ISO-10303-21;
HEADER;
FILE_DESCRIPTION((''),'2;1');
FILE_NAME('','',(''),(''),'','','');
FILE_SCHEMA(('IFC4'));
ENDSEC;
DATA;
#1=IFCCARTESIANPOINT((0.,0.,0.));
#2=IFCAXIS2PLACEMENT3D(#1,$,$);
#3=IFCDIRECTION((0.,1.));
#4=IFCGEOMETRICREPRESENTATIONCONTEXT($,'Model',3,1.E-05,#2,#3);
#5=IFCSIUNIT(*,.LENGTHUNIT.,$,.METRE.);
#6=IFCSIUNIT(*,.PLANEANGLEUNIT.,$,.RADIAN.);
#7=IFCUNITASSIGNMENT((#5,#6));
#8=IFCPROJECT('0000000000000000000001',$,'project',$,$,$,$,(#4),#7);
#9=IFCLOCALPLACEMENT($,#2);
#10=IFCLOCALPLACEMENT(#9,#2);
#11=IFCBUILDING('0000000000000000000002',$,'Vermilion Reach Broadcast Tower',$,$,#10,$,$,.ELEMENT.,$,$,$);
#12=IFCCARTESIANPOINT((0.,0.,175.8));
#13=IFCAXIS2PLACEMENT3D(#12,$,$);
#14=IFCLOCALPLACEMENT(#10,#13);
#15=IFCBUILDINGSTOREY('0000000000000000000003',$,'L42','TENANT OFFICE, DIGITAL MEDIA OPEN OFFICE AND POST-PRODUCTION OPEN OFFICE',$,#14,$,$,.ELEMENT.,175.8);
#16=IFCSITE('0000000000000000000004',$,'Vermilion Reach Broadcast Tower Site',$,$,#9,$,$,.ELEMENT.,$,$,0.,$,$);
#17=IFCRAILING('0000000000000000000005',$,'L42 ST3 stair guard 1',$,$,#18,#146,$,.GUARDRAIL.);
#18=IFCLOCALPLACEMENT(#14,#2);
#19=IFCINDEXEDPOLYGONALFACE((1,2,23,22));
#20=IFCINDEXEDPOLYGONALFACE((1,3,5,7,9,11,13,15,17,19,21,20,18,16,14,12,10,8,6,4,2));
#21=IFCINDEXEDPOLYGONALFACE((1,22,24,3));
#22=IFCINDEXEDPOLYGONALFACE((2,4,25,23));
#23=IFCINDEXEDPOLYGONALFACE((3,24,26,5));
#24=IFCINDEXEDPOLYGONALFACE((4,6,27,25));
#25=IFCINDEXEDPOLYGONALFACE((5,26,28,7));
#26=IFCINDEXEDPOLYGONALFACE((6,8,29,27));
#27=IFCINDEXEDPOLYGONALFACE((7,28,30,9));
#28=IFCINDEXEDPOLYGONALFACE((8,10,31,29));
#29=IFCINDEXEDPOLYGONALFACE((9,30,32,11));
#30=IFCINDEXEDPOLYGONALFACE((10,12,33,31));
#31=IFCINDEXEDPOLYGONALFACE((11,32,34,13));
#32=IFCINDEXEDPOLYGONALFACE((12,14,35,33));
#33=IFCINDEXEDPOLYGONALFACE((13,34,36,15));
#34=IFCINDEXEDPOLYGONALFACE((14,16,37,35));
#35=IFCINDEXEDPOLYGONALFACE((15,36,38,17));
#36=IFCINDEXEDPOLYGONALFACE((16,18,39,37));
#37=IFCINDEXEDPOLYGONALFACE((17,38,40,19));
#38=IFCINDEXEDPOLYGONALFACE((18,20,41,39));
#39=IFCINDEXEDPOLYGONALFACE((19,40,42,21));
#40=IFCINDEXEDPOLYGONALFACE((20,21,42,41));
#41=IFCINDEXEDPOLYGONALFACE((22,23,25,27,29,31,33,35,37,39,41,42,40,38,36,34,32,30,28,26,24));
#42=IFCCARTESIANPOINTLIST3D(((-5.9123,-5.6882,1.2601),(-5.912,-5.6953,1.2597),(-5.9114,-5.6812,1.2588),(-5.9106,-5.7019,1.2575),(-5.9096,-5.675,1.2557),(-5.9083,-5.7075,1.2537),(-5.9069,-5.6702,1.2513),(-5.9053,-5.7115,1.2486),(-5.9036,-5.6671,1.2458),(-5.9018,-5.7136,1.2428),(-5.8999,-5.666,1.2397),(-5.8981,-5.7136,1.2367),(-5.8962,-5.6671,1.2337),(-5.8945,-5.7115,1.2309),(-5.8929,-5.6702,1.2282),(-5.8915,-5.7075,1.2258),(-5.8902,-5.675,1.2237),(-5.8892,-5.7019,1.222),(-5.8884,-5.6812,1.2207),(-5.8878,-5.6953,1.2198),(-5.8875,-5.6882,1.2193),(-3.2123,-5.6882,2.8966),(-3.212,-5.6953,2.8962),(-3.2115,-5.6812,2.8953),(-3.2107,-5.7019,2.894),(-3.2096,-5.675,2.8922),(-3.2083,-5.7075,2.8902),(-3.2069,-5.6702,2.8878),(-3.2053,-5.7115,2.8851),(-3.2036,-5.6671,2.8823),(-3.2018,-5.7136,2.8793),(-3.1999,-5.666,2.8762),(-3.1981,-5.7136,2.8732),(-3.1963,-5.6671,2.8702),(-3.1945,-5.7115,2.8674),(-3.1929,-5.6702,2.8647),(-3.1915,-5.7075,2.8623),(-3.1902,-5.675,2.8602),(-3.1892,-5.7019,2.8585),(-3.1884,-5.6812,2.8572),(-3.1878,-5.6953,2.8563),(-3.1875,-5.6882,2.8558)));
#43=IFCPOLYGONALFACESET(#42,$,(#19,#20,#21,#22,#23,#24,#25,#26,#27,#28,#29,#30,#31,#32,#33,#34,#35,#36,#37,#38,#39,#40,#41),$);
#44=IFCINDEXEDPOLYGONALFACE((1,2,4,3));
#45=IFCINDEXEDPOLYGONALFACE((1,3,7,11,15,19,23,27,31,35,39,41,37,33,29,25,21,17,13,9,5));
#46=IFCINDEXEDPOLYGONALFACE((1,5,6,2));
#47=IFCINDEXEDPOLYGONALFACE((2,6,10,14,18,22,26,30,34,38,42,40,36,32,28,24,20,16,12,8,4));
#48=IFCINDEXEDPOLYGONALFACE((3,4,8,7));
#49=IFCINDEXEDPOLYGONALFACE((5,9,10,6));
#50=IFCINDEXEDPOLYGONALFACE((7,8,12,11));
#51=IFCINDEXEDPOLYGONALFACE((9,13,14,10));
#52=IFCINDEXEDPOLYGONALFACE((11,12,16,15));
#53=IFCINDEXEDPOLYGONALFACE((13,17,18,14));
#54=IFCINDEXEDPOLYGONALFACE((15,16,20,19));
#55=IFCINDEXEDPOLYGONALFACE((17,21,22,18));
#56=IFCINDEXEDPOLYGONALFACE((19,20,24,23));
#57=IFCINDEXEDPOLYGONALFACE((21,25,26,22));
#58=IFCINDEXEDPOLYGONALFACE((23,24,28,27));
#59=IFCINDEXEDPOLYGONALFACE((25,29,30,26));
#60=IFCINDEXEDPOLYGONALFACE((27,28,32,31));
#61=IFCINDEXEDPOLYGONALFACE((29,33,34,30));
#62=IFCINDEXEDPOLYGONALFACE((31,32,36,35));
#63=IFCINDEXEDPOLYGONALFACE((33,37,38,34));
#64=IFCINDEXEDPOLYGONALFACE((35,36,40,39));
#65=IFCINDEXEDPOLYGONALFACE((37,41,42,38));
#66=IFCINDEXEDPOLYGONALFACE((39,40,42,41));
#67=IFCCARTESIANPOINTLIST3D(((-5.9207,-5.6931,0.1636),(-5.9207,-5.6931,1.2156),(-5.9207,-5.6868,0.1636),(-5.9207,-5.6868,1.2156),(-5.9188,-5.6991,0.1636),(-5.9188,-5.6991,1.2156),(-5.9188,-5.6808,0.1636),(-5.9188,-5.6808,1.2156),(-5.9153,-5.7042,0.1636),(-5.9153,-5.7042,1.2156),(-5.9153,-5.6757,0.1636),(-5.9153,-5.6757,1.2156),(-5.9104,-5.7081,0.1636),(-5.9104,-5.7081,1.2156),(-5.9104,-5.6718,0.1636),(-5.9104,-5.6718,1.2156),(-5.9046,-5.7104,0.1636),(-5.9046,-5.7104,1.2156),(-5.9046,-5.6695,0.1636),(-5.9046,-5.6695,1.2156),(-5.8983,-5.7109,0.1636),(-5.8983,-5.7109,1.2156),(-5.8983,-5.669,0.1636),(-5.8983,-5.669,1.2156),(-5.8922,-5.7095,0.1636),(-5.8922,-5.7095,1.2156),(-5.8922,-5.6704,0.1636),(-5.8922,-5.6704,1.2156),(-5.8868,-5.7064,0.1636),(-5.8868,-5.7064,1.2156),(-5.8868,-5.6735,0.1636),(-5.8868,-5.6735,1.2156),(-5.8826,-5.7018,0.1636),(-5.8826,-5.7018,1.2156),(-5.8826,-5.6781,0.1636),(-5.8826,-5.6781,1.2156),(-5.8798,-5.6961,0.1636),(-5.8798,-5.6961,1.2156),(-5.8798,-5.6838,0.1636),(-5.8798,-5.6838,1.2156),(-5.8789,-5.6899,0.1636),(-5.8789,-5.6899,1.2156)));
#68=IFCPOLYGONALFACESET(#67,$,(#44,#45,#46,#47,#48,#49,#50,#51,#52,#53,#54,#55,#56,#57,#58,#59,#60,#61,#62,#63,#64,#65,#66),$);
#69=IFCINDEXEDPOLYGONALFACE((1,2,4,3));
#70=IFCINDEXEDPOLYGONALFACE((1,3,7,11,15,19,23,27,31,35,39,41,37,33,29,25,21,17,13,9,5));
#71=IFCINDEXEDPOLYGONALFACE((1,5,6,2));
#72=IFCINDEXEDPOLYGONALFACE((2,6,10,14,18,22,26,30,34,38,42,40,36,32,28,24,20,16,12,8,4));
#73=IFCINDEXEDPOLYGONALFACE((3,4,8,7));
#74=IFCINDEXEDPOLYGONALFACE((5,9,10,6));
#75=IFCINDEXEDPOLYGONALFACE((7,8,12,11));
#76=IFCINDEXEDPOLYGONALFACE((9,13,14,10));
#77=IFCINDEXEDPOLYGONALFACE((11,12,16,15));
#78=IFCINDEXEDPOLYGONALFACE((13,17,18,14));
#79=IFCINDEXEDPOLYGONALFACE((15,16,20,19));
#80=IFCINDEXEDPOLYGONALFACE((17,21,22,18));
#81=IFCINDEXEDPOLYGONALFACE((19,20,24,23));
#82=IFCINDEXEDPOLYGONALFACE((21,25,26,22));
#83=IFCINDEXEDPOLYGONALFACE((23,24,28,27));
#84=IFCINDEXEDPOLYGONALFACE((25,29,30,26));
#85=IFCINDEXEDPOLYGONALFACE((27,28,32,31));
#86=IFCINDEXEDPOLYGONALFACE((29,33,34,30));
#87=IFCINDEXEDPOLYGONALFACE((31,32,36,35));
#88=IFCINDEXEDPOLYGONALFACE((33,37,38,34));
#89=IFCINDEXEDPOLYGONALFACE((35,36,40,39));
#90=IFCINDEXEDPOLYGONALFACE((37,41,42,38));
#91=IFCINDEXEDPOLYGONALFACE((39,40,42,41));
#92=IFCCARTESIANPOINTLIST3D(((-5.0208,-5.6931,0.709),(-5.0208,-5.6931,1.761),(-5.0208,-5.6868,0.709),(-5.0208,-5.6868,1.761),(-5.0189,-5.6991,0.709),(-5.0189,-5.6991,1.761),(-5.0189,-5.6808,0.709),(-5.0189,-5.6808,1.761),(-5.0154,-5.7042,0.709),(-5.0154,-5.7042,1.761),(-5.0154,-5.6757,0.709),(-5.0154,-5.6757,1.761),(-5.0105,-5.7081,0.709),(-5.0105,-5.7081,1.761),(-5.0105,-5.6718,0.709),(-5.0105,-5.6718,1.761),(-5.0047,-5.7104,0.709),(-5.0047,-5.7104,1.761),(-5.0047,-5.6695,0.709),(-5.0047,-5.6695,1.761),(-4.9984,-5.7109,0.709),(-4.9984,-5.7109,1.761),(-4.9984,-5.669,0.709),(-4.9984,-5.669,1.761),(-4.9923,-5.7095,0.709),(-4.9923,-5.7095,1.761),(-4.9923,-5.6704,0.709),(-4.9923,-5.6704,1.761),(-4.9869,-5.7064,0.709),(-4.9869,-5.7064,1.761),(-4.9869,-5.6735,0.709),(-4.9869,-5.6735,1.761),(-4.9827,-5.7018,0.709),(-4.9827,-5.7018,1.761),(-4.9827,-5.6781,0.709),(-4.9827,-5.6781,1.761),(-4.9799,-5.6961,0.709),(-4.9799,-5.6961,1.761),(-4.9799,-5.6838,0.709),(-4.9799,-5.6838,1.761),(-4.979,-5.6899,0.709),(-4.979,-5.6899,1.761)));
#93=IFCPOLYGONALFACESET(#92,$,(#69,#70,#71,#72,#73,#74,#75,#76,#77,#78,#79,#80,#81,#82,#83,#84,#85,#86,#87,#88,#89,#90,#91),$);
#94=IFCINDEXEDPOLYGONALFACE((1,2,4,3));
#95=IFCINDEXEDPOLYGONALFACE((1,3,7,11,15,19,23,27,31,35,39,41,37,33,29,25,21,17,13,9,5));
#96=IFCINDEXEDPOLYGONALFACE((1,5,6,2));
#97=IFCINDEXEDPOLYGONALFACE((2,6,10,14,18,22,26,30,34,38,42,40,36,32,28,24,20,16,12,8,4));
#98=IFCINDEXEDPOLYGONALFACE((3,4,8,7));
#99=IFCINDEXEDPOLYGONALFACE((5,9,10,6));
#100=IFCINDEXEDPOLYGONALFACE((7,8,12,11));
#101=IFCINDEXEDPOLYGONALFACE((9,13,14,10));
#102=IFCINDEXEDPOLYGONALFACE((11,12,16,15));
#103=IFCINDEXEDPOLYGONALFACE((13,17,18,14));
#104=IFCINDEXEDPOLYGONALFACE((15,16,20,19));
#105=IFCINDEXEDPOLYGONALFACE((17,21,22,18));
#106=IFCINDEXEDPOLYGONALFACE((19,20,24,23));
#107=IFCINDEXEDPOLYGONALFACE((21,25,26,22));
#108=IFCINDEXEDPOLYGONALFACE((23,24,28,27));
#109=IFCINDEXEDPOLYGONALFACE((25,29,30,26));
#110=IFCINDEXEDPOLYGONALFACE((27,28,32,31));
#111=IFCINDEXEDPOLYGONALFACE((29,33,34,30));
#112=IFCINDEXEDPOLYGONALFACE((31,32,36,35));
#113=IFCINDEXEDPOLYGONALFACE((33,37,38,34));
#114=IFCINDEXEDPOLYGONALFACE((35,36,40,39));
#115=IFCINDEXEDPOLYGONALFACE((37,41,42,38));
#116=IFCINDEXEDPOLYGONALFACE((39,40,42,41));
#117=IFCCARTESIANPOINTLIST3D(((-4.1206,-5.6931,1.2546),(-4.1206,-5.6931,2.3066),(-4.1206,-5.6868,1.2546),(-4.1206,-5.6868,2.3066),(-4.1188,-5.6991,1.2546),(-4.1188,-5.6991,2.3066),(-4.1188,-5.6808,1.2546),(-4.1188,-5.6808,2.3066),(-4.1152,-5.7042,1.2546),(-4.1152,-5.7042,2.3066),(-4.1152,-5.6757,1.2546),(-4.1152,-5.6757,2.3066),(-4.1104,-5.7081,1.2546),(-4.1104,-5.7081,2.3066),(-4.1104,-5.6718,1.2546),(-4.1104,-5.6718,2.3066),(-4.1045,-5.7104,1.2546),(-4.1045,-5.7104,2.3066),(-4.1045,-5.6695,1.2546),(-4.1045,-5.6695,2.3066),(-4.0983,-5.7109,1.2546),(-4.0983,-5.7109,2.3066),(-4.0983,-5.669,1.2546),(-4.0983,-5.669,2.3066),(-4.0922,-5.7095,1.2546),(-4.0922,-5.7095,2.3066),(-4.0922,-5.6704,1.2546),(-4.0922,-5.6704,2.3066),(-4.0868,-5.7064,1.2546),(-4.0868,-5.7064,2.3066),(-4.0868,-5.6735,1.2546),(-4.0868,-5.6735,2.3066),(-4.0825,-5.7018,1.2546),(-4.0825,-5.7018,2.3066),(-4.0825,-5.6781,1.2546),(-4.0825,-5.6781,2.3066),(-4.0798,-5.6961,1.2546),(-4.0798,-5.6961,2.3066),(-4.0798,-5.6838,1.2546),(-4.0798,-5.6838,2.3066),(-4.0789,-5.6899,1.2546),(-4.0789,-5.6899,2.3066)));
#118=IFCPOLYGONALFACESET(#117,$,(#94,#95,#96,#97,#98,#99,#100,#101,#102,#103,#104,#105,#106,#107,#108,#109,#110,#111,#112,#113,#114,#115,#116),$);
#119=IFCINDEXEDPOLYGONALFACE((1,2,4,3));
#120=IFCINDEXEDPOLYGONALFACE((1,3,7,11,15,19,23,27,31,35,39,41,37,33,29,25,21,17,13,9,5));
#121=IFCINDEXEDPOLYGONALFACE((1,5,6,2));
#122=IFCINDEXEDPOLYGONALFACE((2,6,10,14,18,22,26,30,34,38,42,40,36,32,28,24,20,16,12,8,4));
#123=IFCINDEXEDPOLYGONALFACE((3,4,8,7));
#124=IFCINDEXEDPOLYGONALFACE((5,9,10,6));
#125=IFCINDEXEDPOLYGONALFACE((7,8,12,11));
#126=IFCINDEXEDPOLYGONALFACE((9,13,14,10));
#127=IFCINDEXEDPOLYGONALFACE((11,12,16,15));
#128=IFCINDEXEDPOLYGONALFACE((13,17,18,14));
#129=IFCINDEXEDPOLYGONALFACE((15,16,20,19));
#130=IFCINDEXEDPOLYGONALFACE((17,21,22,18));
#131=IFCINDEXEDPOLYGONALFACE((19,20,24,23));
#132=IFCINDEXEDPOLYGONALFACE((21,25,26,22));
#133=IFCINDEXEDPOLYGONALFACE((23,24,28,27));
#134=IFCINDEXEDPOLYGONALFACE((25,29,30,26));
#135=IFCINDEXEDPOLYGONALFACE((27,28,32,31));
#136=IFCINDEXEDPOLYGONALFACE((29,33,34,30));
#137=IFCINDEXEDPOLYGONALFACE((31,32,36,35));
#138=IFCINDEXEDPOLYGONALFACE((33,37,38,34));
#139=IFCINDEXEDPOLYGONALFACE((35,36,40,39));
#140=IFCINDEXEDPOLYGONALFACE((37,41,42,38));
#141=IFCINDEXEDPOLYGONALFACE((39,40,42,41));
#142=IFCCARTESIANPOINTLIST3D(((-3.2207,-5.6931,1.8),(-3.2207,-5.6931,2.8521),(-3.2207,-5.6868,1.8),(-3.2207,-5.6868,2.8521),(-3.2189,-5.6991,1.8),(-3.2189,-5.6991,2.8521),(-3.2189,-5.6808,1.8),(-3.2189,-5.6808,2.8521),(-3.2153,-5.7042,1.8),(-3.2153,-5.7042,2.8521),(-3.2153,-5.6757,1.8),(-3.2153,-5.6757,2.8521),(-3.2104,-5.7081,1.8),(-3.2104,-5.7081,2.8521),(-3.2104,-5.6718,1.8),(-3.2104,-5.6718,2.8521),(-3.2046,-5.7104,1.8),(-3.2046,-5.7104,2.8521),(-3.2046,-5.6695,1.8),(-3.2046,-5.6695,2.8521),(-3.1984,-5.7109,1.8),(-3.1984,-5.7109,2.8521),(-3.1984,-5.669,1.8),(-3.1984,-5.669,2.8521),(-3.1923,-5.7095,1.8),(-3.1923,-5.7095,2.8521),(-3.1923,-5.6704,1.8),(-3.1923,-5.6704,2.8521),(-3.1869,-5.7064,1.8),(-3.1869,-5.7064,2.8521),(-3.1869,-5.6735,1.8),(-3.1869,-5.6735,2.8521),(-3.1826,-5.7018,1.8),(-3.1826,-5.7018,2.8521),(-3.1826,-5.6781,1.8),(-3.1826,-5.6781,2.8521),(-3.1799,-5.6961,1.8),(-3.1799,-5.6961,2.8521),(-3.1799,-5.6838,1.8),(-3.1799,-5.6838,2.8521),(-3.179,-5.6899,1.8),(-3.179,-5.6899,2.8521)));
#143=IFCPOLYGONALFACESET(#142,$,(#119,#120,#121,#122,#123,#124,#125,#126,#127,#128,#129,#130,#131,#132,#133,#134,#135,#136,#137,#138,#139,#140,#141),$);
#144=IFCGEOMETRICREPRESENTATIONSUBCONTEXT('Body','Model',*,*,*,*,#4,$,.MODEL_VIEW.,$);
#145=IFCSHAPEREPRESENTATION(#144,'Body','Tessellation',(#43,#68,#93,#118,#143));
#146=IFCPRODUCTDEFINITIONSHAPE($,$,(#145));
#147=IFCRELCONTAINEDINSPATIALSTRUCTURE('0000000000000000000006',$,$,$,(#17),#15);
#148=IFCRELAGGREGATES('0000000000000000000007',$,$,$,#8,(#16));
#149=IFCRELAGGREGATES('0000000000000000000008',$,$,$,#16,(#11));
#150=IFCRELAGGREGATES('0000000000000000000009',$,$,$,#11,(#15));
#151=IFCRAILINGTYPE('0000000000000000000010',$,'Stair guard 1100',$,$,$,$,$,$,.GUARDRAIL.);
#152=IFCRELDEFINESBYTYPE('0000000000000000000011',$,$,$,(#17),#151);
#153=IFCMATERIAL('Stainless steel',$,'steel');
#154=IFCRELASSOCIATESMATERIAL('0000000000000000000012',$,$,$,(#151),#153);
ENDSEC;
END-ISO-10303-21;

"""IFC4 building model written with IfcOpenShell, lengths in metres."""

from ifc_helpers import new_model, si_unit, direction, frame, origin, origin_2d, place, context, subcontext, project, spatial, circle, extrude, material, type_object, element, save


model = new_model("IFC4")

# Units and contexts
model_context = context("Model", 3, precision=1e-05, world=origin(), true_north=direction((0.0, 1.0)))
body_context = subcontext(model_context, "Body", "Model", "MODEL_VIEW")
ifc_project = project(units=[si_unit("LENGTHUNIT", "METRE"), si_unit("PLANEANGLEUNIT", "RADIAN")], contexts=[model_context])

# Site, building, storey
site_placement = place(None, origin())
site = spatial("IfcSite", under=ifc_project, at=site_placement, Name="Vermilion Reach Broadcast Tower Site", CompositionType="ELEMENT", RefElevation=0.0)
building_placement = place(site_placement, origin())
building = spatial("IfcBuilding", under=site, at=building_placement, Name="Vermilion Reach Broadcast Tower", CompositionType="ELEMENT")
storey_placement = place(building_placement, frame((0.0, 0.0, 175.8)))
storey = spatial("IfcBuildingStorey", under=building, at=storey_placement, Name="L42", Description="TENANT OFFICE, DIGITAL MEDIA OPEN OFFICE AND POST-PRODUCTION OPEN OFFICE", CompositionType="ELEMENT", Elevation=175.8)

# Railing
ifc_material_1 = material(Name="Stainless steel", Category="steel")
railing_type_1 = type_object("IfcRailingType", Name="Stair guard 1100", PredefinedType="GUARDRAIL", material=ifc_material_1)
railing_1_placement = place(storey_placement, frame((-5.8999, -5.6899, 0.1636)))
element("IfcRailing", 1, at=railing_1_placement, inside=storey, type_object=railing_type_1, Name="L42 ST3 stair guard 1", PredefinedType="GUARDRAIL", context=body_context, shape_type="SweptSolid", body=[
    extrude(circle(Radius=0.0239, at=origin_2d()), frame((0.0, 0.0, 1.0762), z_axis=(0.855178, 0.0, 0.518334), x_axis=(0.0, 1.0, 0.0)), (0.0, 0.0, 1.0), 3.1572),
    extrude(circle(Radius=0.021, at=origin_2d()), origin(), (0.0, 0.0, 1.0), 1.052),
    extrude(circle(Radius=0.021, at=origin_2d()), frame((0.8999, 0.0, 0.5454)), (0.0, 0.0, 1.0), 1.052),
    extrude(circle(Radius=0.021, at=origin_2d()), frame((1.8, 0.0, 1.0911)), (0.0, 0.0, 1.0), 1.052),
    extrude(circle(Radius=0.021, at=origin_2d()), frame((2.7, 0.0, 1.6365)), (0.0, 0.0, 1.0), 1.052),
])

save(model, "model.ifc")
